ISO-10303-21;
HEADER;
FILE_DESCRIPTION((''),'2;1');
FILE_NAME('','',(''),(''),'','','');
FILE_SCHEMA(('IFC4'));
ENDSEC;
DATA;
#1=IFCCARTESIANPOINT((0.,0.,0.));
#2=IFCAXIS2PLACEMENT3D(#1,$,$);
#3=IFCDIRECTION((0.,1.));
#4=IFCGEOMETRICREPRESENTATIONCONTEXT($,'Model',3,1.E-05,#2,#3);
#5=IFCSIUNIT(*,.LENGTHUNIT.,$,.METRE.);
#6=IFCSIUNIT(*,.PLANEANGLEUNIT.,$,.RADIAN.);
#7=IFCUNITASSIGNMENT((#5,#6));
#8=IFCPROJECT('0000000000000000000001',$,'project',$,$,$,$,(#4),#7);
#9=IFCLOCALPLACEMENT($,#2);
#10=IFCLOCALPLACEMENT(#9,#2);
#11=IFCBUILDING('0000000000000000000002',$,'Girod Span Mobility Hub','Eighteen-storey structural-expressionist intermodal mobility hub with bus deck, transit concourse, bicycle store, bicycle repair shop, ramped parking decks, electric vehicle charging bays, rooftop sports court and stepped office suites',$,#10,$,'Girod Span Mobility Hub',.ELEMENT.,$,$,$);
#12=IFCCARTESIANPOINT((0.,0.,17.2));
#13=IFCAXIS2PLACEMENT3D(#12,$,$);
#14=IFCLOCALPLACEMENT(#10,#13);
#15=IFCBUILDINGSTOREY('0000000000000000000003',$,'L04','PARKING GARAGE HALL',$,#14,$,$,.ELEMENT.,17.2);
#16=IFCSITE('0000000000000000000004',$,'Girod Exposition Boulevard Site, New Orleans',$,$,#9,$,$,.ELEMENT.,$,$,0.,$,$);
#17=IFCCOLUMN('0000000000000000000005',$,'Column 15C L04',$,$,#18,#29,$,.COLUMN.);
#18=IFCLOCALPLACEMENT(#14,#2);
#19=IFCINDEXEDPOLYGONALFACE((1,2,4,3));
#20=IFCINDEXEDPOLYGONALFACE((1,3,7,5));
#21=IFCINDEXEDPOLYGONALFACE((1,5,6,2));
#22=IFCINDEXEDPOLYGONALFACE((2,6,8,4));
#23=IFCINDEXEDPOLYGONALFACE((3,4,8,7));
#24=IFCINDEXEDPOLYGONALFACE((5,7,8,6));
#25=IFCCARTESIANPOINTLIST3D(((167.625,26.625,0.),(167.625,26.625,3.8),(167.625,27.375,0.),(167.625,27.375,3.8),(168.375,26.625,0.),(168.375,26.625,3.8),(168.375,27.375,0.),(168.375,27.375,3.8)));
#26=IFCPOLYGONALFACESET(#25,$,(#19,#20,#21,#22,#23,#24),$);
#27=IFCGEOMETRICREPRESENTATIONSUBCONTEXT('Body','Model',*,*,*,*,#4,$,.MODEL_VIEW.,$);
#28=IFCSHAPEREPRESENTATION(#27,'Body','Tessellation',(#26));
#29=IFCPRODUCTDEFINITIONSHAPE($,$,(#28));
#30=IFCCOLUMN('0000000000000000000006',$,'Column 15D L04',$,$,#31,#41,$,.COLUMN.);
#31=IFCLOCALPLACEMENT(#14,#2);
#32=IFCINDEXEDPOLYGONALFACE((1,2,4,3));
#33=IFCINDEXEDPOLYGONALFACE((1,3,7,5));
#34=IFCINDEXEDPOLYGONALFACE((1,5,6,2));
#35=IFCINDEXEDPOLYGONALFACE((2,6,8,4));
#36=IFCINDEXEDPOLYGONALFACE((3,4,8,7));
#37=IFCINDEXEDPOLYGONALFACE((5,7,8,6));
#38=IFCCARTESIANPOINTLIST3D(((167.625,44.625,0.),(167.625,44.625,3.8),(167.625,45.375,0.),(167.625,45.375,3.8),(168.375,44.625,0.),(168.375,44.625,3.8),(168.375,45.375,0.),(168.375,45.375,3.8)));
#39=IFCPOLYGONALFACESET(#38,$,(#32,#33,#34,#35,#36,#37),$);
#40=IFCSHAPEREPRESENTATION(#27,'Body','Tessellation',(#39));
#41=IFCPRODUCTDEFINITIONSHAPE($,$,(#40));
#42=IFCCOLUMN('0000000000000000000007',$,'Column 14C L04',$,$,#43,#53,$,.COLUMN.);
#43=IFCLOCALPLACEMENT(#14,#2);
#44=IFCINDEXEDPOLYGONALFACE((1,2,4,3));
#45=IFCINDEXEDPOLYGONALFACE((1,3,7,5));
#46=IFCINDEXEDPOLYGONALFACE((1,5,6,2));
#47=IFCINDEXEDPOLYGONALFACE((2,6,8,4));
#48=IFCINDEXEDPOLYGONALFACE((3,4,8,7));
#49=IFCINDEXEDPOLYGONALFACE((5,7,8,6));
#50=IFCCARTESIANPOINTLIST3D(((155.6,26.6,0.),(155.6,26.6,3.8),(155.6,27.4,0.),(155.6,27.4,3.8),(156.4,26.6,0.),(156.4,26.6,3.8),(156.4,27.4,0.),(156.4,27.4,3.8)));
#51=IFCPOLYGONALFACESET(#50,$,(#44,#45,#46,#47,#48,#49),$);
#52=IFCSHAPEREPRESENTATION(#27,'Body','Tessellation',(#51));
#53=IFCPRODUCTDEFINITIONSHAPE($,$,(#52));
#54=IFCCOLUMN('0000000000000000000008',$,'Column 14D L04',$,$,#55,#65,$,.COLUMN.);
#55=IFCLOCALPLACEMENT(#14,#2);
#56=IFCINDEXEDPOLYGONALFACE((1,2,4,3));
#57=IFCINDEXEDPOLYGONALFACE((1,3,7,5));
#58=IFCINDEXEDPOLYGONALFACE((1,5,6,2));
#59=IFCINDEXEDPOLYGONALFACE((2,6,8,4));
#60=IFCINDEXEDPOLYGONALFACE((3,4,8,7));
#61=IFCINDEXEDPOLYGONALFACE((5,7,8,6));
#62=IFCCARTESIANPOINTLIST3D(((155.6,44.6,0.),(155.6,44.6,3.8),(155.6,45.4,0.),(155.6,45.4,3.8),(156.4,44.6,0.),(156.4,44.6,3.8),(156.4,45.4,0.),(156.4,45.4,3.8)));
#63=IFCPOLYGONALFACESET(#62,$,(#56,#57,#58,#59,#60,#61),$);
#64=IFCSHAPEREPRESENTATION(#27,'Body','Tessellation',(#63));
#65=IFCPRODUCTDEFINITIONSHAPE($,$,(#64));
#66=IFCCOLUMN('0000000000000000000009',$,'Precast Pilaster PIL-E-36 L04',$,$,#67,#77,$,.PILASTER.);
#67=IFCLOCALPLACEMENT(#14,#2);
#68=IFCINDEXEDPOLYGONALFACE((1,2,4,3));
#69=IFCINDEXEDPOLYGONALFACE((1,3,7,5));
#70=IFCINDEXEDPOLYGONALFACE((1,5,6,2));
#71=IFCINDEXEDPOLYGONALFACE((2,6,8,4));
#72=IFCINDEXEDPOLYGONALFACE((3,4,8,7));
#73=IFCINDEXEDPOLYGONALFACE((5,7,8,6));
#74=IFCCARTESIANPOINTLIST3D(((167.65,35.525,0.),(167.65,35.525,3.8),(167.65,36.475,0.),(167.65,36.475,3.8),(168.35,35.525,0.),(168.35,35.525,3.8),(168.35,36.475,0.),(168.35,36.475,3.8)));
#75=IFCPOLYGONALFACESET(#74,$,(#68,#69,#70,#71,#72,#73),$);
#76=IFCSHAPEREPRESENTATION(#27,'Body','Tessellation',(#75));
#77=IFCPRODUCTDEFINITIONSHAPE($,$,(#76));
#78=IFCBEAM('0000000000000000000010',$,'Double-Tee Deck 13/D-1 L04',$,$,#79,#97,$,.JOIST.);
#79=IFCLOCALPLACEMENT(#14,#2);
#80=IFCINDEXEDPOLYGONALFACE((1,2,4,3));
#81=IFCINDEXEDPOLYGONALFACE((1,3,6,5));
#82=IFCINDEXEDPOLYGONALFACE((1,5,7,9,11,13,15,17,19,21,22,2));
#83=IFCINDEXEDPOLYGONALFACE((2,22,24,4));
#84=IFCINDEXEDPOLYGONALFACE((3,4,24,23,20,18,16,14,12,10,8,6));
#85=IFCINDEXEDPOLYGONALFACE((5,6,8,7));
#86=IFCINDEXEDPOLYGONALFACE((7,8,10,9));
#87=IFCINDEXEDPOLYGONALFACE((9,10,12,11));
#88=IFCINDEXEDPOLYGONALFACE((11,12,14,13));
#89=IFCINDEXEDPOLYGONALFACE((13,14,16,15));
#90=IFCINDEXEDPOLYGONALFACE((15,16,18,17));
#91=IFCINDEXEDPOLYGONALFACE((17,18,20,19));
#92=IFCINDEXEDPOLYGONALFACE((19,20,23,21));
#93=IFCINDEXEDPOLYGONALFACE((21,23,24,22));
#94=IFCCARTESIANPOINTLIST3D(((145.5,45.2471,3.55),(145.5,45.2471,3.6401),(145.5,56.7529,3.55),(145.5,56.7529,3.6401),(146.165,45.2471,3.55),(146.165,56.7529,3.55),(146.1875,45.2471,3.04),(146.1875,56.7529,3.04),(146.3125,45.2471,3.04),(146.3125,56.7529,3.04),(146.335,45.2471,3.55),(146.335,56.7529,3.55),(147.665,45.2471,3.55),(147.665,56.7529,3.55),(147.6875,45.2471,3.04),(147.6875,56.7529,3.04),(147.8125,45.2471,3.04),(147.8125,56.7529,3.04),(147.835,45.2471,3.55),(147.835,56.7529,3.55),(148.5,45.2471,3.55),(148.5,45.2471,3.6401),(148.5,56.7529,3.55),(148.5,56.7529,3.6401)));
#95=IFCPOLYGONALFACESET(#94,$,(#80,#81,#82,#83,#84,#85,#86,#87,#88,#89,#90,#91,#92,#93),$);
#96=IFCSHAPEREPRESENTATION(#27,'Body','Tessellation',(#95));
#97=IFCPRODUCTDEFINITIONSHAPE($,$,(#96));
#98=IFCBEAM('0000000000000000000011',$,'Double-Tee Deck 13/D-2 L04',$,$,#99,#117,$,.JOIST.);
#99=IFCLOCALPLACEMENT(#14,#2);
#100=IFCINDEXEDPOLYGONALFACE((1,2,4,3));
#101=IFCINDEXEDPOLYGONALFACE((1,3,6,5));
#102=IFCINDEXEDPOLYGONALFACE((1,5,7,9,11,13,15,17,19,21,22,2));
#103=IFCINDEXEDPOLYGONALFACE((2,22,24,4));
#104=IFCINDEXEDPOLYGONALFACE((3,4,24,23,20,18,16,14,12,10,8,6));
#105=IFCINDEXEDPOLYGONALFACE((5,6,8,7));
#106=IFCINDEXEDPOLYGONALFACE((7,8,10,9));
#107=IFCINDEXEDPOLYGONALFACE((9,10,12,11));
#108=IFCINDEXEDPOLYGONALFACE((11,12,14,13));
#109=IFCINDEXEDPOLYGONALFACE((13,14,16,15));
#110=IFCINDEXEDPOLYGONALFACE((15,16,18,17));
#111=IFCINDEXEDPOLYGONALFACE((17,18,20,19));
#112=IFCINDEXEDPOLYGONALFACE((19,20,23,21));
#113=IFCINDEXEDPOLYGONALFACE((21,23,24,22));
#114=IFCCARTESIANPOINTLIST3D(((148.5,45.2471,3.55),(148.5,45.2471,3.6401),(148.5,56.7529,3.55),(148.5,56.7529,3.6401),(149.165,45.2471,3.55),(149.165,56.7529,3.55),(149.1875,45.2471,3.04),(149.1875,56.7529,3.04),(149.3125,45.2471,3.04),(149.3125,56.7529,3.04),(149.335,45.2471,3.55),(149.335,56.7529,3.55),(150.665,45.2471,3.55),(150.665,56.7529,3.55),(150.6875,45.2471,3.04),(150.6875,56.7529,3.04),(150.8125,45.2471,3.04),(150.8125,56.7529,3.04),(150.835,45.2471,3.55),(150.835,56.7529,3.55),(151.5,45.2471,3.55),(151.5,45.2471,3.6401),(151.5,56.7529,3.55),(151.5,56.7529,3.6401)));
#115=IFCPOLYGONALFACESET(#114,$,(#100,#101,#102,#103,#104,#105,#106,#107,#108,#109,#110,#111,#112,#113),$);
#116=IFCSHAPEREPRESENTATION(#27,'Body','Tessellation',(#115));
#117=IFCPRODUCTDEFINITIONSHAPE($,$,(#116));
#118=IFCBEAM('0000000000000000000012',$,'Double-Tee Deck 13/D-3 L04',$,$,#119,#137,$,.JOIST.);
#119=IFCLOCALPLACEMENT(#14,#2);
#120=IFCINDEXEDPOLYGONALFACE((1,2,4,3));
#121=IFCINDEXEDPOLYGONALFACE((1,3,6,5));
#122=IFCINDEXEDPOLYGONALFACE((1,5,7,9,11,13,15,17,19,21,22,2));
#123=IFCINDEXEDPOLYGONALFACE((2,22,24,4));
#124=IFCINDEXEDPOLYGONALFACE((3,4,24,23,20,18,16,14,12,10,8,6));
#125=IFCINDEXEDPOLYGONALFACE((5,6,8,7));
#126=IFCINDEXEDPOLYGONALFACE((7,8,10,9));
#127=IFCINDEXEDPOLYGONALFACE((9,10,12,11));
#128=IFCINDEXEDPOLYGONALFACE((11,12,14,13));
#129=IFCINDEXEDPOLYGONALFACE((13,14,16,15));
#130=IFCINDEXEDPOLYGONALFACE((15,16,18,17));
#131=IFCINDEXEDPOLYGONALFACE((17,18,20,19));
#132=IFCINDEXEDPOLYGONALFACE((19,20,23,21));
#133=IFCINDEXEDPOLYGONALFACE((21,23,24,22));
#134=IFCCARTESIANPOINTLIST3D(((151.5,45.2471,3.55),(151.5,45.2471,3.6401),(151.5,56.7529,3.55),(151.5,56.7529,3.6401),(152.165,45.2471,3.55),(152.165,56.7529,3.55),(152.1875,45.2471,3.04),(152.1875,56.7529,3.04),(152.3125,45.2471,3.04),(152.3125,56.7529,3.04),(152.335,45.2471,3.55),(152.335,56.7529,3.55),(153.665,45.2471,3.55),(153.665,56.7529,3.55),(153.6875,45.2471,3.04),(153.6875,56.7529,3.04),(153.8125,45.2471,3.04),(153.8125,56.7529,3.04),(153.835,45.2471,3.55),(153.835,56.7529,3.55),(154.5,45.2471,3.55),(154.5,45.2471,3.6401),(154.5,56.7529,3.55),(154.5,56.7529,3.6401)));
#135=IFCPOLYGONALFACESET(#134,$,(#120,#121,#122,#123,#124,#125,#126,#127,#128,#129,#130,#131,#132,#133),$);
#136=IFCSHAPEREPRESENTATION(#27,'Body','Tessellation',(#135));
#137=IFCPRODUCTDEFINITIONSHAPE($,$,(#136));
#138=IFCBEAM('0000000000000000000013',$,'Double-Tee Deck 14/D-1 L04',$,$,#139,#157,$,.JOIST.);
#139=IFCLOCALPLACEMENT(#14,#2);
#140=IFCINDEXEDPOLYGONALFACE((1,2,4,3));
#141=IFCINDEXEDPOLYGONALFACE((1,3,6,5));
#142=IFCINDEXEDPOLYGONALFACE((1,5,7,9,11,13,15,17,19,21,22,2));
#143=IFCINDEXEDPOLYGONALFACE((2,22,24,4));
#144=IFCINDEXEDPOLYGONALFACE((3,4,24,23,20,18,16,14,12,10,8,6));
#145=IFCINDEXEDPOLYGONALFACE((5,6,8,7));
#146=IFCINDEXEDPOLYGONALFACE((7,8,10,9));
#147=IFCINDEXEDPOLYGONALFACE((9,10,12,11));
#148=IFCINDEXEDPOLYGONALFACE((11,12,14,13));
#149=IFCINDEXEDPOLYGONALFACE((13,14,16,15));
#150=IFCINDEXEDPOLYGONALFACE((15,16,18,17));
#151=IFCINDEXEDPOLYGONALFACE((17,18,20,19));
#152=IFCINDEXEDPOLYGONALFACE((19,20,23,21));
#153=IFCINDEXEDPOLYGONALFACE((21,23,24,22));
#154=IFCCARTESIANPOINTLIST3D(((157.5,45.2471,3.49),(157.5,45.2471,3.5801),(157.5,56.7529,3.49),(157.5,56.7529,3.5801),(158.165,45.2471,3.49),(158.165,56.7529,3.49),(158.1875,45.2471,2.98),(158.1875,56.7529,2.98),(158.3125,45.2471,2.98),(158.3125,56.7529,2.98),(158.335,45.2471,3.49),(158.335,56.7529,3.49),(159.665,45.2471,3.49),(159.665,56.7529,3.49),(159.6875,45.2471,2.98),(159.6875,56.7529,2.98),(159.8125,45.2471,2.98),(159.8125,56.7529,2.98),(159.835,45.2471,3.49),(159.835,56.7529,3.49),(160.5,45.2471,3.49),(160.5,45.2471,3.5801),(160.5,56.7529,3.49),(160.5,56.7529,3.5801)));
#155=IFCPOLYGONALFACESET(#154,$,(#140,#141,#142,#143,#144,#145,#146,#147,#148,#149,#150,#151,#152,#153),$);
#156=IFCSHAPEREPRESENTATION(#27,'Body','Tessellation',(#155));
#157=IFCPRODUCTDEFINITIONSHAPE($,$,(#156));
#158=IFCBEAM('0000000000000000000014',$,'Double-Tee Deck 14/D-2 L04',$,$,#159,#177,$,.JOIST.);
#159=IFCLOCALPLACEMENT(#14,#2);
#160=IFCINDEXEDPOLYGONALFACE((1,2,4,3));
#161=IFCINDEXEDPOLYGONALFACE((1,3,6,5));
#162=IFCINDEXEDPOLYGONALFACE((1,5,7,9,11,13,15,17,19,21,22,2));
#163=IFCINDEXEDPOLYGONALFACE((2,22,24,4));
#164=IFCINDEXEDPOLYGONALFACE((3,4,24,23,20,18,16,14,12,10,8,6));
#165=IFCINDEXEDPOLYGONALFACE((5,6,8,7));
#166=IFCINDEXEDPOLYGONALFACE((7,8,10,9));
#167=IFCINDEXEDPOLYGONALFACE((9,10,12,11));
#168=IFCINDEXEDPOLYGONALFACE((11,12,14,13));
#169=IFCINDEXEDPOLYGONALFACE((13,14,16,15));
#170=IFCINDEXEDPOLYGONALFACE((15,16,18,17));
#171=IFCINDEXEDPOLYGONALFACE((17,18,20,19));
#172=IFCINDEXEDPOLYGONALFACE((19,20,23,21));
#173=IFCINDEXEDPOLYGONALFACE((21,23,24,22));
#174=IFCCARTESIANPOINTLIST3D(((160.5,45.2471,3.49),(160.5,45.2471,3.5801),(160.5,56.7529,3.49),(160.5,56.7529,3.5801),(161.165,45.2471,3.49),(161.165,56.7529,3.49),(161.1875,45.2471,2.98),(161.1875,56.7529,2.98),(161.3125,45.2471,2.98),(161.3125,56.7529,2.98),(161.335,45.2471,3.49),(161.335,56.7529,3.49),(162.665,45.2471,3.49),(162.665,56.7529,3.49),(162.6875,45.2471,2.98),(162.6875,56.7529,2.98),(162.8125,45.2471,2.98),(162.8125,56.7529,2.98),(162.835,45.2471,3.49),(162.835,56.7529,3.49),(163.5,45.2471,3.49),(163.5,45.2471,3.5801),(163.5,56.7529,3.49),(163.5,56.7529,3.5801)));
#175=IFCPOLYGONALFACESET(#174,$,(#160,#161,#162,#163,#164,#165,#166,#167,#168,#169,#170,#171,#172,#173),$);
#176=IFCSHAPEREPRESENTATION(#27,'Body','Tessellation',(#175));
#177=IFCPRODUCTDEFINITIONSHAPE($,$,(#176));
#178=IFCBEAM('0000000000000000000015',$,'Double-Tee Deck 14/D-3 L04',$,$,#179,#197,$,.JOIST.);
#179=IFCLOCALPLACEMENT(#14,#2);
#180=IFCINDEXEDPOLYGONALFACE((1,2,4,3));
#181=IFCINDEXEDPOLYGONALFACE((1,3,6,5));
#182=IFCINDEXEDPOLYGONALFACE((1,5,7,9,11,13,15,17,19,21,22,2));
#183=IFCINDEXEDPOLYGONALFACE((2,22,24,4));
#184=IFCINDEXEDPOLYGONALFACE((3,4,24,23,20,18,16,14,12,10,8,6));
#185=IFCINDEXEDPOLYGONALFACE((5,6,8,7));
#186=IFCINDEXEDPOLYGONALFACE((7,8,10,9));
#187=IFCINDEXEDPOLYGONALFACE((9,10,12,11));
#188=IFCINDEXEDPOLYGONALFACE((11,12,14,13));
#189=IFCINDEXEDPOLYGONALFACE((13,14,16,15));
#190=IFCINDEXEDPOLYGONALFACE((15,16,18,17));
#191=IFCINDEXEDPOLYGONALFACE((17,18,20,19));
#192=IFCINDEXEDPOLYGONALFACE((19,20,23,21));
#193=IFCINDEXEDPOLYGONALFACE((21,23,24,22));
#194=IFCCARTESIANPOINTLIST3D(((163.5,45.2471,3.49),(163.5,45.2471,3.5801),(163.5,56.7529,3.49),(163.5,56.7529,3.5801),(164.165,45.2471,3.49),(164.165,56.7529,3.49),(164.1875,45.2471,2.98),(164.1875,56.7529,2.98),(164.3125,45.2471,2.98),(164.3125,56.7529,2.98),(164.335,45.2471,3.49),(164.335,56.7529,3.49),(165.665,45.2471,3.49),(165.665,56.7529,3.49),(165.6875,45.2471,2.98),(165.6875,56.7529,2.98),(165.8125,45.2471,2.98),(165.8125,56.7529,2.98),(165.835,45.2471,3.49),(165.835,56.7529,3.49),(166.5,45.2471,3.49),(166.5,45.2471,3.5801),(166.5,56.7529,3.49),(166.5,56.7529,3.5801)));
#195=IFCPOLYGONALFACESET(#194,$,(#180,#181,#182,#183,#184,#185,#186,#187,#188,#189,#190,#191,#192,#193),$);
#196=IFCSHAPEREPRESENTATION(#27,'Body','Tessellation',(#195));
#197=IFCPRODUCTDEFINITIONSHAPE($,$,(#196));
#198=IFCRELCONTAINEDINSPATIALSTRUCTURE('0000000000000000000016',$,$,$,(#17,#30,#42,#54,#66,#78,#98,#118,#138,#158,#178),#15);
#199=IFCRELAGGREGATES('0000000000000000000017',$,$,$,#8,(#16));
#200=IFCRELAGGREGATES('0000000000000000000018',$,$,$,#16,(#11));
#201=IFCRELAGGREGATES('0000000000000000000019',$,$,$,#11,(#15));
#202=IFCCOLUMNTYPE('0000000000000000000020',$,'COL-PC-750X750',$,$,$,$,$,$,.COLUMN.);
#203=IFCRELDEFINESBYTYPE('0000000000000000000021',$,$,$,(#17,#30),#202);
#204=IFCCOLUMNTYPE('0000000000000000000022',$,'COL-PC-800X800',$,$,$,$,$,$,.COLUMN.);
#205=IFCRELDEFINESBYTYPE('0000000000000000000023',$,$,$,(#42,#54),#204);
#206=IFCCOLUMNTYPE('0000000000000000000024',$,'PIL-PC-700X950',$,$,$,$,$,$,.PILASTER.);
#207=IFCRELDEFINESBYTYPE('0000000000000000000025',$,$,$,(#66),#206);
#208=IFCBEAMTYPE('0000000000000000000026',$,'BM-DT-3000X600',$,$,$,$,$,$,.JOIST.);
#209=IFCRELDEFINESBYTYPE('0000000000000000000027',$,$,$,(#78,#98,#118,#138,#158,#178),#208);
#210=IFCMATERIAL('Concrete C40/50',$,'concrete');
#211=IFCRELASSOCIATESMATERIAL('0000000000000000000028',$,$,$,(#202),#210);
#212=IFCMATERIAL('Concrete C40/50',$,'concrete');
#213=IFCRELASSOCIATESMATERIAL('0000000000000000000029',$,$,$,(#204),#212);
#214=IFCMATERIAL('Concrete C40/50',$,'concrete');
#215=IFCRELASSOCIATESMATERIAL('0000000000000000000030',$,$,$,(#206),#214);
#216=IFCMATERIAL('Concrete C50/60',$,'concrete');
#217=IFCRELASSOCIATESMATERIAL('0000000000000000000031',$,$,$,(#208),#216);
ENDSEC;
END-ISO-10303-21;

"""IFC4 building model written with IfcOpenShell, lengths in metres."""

from ifc_helpers import new_model, si_unit, direction, frame, origin, origin_2d, place, context, subcontext, project, spatial, polyline, rectangle, outline, extrude, material, material_profile, profile_set, type_object, element, save


model = new_model("IFC4")

# Units and contexts
model_context = context("Model", 3, precision=1e-05, world=origin(), true_north=direction((0.0, 1.0)))
body_context = subcontext(model_context, "Body", "Model", "MODEL_VIEW")
ifc_project = project(units=[si_unit("LENGTHUNIT", "METRE"), si_unit("PLANEANGLEUNIT", "RADIAN")], contexts=[model_context])

# Site, building, storey
site_placement = place(None, origin())
site = spatial("IfcSite", under=ifc_project, at=site_placement, Name="Girod Exposition Boulevard Site, New Orleans", CompositionType="ELEMENT", RefElevation=0.0)
building_placement = place(site_placement, origin())
building = spatial("IfcBuilding", under=site, at=building_placement, Name="Girod Span Mobility Hub", Description="Eighteen-storey structural-expressionist intermodal mobility hub with bus deck, transit concourse, bicycle store, bicycle repair shop, ramped parking decks, electric vehicle charging bays, rooftop sports court and stepped office suites", LongName="Girod Span Mobility Hub", CompositionType="ELEMENT")
storey_placement = place(building_placement, frame((0.0, 0.0, 17.2)))
storey = spatial("IfcBuildingStorey", under=building, at=storey_placement, Name="L04", Description="PARKING GARAGE HALL", CompositionType="ELEMENT", Elevation=17.2)

# Columns
ifc_material_1 = material(Name="Concrete C40/50", Category="concrete")
ifc_material_profile_1 = material_profile(ifc_material_1, rectangle(XDim=0.75, YDim=0.75, at=origin_2d()), Name="PC-COL-750X750")
ifc_profile_set_1 = profile_set([ifc_material_profile_1], Name="Concrete C40/50")
column_type_1 = type_object("IfcColumnType", Name="COL-PC-750X750", PredefinedType="COLUMN", material=ifc_profile_set_1)
for number, where, z_axis, x_axis, name in (
    (1, (168.0, 27.0, 0.0), (0.0, 0.0, 1.0), (1.0, 0.0, 0.0), "Column 15C L04"),
    (2, (168.0, 45.0, 0.0), (0.0, 0.0, 1.0), (1.0, 0.0, 0.0), "Column 15D L04"),
):
    element("IfcColumn", number, at=place(storey_placement, frame(where, z_axis=z_axis, x_axis=x_axis)), inside=storey, type_object=column_type_1, Name=name, PredefinedType="COLUMN", context=body_context, shape_type="SweptSolid", body=[
        extrude(rectangle(XDim=0.75, YDim=0.75, at=origin_2d()), origin(), (0.0, 0.0, 1.0), 3.8),
    ])
ifc_material_2 = material(Name="Concrete C40/50", Category="concrete")
ifc_material_profile_2 = material_profile(ifc_material_2, rectangle(XDim=0.8, YDim=0.8, at=origin_2d()), Name="PC-COL-800X800")
ifc_profile_set_2 = profile_set([ifc_material_profile_2], Name="Concrete C40/50")
column_type_2 = type_object("IfcColumnType", Name="COL-PC-800X800", PredefinedType="COLUMN", material=ifc_profile_set_2)
for number, where, z_axis, x_axis, name in (
    (3, (156.0, 27.0, 0.0), (0.0, 0.0, 1.0), (1.0, 0.0, 0.0), "Column 14C L04"),
    (4, (156.0, 45.0, 0.0), (0.0, 0.0, 1.0), (1.0, 0.0, 0.0), "Column 14D L04"),
):
    element("IfcColumn", number, at=place(storey_placement, frame(where, z_axis=z_axis, x_axis=x_axis)), inside=storey, type_object=column_type_2, Name=name, PredefinedType="COLUMN", context=body_context, shape_type="SweptSolid", body=[
        extrude(rectangle(XDim=0.8, YDim=0.8, at=origin_2d()), origin(), (0.0, 0.0, 1.0), 3.8),
    ])
ifc_material_3 = material(Name="Concrete C40/50", Category="concrete")
ifc_material_profile_3 = material_profile(ifc_material_3, rectangle(XDim=0.7, YDim=0.95, at=origin_2d()), Name="PC-PIL-700X950")
ifc_profile_set_3 = profile_set([ifc_material_profile_3], Name="Concrete C40/50")
column_type_3 = type_object("IfcColumnType", Name="PIL-PC-700X950", PredefinedType="PILASTER", material=ifc_profile_set_3)
column_placement = place(storey_placement, frame((168.0, 36.0, 0.0), z_axis=(0.0, 0.0, 1.0), x_axis=(1.0, 0.0, 0.0)))
element("IfcColumn", 5, at=column_placement, inside=storey, type_object=column_type_3, Name="Precast Pilaster PIL-E-36 L04", PredefinedType="PILASTER", context=body_context, shape_type="SweptSolid", body=[
    extrude(rectangle(XDim=0.7, YDim=0.95, at=origin_2d()), origin(), (0.0, 0.0, 1.0), 3.8),
])

# Beams
ifc_material_4 = material(Name="Concrete C50/60", Category="concrete")
ifc_material_profile_4 = material_profile(ifc_material_4, outline(polyline([(-1.5, 0.3), (-1.5, 0.21), (-0.835, 0.21), (-0.8125, -0.3), (-0.6875, -0.3), (-0.665, 0.21), (0.665, 0.21), (0.6875, -0.3), (0.8125, -0.3), (0.835, 0.21), (1.5, 0.21), (1.5, 0.3), (-1.5, 0.3)])), Name="DT-3000X600")
ifc_profile_set_4 = profile_set([ifc_material_profile_4], Name="Concrete C50/60")
beam_type_1 = type_object("IfcBeamType", Name="BM-DT-3000X600", PredefinedType="JOIST", material=ifc_profile_set_4)
for number, where, z_axis, x_axis, name in (
    (6, (147.0, 45.2471, 3.3401), (0.0, 1.0, 0.0), (-1.0, 0.0, 0.0), "Double-Tee Deck 13/D-1 L04"),
    (7, (150.0, 45.2471, 3.3401), (0.0, 1.0, 0.0), (-1.0, 0.0, 0.0), "Double-Tee Deck 13/D-2 L04"),
    (8, (153.0, 45.2471, 3.3401), (0.0, 1.0, 0.0), (-1.0, 0.0, 0.0), "Double-Tee Deck 13/D-3 L04"),
    (9, (159.0, 45.2471, 3.28), (0.0, 1.0, 0.0), (-1.0, 0.0, 0.0), "Double-Tee Deck 14/D-1 L04"),
    (10, (162.0, 45.2471, 3.28), (0.0, 1.0, 0.0), (-1.0, 0.0, 0.0), "Double-Tee Deck 14/D-2 L04"),
    (11, (165.0, 45.2471, 3.28), (0.0, 1.0, 0.0), (-1.0, 0.0, 0.0), "Double-Tee Deck 14/D-3 L04"),
):
    element("IfcBeam", number, at=place(storey_placement, frame(where, z_axis=z_axis, x_axis=x_axis)), inside=storey, type_object=beam_type_1, Name=name, PredefinedType="JOIST", context=body_context, shape_type="SweptSolid", body=[
        extrude(outline(polyline([(-1.5, 0.3), (-1.5, 0.21), (-0.835, 0.21), (-0.8125, -0.3), (-0.6875, -0.3), (-0.665, 0.21), (0.665, 0.21), (0.6875, -0.3), (0.8125, -0.3), (0.835, 0.21), (1.5, 0.21), (1.5, 0.3), (-1.5, 0.3)])), origin(), (0.0, 0.0, 1.0), 11.5059),
    ])

save(model, "model.ifc")
